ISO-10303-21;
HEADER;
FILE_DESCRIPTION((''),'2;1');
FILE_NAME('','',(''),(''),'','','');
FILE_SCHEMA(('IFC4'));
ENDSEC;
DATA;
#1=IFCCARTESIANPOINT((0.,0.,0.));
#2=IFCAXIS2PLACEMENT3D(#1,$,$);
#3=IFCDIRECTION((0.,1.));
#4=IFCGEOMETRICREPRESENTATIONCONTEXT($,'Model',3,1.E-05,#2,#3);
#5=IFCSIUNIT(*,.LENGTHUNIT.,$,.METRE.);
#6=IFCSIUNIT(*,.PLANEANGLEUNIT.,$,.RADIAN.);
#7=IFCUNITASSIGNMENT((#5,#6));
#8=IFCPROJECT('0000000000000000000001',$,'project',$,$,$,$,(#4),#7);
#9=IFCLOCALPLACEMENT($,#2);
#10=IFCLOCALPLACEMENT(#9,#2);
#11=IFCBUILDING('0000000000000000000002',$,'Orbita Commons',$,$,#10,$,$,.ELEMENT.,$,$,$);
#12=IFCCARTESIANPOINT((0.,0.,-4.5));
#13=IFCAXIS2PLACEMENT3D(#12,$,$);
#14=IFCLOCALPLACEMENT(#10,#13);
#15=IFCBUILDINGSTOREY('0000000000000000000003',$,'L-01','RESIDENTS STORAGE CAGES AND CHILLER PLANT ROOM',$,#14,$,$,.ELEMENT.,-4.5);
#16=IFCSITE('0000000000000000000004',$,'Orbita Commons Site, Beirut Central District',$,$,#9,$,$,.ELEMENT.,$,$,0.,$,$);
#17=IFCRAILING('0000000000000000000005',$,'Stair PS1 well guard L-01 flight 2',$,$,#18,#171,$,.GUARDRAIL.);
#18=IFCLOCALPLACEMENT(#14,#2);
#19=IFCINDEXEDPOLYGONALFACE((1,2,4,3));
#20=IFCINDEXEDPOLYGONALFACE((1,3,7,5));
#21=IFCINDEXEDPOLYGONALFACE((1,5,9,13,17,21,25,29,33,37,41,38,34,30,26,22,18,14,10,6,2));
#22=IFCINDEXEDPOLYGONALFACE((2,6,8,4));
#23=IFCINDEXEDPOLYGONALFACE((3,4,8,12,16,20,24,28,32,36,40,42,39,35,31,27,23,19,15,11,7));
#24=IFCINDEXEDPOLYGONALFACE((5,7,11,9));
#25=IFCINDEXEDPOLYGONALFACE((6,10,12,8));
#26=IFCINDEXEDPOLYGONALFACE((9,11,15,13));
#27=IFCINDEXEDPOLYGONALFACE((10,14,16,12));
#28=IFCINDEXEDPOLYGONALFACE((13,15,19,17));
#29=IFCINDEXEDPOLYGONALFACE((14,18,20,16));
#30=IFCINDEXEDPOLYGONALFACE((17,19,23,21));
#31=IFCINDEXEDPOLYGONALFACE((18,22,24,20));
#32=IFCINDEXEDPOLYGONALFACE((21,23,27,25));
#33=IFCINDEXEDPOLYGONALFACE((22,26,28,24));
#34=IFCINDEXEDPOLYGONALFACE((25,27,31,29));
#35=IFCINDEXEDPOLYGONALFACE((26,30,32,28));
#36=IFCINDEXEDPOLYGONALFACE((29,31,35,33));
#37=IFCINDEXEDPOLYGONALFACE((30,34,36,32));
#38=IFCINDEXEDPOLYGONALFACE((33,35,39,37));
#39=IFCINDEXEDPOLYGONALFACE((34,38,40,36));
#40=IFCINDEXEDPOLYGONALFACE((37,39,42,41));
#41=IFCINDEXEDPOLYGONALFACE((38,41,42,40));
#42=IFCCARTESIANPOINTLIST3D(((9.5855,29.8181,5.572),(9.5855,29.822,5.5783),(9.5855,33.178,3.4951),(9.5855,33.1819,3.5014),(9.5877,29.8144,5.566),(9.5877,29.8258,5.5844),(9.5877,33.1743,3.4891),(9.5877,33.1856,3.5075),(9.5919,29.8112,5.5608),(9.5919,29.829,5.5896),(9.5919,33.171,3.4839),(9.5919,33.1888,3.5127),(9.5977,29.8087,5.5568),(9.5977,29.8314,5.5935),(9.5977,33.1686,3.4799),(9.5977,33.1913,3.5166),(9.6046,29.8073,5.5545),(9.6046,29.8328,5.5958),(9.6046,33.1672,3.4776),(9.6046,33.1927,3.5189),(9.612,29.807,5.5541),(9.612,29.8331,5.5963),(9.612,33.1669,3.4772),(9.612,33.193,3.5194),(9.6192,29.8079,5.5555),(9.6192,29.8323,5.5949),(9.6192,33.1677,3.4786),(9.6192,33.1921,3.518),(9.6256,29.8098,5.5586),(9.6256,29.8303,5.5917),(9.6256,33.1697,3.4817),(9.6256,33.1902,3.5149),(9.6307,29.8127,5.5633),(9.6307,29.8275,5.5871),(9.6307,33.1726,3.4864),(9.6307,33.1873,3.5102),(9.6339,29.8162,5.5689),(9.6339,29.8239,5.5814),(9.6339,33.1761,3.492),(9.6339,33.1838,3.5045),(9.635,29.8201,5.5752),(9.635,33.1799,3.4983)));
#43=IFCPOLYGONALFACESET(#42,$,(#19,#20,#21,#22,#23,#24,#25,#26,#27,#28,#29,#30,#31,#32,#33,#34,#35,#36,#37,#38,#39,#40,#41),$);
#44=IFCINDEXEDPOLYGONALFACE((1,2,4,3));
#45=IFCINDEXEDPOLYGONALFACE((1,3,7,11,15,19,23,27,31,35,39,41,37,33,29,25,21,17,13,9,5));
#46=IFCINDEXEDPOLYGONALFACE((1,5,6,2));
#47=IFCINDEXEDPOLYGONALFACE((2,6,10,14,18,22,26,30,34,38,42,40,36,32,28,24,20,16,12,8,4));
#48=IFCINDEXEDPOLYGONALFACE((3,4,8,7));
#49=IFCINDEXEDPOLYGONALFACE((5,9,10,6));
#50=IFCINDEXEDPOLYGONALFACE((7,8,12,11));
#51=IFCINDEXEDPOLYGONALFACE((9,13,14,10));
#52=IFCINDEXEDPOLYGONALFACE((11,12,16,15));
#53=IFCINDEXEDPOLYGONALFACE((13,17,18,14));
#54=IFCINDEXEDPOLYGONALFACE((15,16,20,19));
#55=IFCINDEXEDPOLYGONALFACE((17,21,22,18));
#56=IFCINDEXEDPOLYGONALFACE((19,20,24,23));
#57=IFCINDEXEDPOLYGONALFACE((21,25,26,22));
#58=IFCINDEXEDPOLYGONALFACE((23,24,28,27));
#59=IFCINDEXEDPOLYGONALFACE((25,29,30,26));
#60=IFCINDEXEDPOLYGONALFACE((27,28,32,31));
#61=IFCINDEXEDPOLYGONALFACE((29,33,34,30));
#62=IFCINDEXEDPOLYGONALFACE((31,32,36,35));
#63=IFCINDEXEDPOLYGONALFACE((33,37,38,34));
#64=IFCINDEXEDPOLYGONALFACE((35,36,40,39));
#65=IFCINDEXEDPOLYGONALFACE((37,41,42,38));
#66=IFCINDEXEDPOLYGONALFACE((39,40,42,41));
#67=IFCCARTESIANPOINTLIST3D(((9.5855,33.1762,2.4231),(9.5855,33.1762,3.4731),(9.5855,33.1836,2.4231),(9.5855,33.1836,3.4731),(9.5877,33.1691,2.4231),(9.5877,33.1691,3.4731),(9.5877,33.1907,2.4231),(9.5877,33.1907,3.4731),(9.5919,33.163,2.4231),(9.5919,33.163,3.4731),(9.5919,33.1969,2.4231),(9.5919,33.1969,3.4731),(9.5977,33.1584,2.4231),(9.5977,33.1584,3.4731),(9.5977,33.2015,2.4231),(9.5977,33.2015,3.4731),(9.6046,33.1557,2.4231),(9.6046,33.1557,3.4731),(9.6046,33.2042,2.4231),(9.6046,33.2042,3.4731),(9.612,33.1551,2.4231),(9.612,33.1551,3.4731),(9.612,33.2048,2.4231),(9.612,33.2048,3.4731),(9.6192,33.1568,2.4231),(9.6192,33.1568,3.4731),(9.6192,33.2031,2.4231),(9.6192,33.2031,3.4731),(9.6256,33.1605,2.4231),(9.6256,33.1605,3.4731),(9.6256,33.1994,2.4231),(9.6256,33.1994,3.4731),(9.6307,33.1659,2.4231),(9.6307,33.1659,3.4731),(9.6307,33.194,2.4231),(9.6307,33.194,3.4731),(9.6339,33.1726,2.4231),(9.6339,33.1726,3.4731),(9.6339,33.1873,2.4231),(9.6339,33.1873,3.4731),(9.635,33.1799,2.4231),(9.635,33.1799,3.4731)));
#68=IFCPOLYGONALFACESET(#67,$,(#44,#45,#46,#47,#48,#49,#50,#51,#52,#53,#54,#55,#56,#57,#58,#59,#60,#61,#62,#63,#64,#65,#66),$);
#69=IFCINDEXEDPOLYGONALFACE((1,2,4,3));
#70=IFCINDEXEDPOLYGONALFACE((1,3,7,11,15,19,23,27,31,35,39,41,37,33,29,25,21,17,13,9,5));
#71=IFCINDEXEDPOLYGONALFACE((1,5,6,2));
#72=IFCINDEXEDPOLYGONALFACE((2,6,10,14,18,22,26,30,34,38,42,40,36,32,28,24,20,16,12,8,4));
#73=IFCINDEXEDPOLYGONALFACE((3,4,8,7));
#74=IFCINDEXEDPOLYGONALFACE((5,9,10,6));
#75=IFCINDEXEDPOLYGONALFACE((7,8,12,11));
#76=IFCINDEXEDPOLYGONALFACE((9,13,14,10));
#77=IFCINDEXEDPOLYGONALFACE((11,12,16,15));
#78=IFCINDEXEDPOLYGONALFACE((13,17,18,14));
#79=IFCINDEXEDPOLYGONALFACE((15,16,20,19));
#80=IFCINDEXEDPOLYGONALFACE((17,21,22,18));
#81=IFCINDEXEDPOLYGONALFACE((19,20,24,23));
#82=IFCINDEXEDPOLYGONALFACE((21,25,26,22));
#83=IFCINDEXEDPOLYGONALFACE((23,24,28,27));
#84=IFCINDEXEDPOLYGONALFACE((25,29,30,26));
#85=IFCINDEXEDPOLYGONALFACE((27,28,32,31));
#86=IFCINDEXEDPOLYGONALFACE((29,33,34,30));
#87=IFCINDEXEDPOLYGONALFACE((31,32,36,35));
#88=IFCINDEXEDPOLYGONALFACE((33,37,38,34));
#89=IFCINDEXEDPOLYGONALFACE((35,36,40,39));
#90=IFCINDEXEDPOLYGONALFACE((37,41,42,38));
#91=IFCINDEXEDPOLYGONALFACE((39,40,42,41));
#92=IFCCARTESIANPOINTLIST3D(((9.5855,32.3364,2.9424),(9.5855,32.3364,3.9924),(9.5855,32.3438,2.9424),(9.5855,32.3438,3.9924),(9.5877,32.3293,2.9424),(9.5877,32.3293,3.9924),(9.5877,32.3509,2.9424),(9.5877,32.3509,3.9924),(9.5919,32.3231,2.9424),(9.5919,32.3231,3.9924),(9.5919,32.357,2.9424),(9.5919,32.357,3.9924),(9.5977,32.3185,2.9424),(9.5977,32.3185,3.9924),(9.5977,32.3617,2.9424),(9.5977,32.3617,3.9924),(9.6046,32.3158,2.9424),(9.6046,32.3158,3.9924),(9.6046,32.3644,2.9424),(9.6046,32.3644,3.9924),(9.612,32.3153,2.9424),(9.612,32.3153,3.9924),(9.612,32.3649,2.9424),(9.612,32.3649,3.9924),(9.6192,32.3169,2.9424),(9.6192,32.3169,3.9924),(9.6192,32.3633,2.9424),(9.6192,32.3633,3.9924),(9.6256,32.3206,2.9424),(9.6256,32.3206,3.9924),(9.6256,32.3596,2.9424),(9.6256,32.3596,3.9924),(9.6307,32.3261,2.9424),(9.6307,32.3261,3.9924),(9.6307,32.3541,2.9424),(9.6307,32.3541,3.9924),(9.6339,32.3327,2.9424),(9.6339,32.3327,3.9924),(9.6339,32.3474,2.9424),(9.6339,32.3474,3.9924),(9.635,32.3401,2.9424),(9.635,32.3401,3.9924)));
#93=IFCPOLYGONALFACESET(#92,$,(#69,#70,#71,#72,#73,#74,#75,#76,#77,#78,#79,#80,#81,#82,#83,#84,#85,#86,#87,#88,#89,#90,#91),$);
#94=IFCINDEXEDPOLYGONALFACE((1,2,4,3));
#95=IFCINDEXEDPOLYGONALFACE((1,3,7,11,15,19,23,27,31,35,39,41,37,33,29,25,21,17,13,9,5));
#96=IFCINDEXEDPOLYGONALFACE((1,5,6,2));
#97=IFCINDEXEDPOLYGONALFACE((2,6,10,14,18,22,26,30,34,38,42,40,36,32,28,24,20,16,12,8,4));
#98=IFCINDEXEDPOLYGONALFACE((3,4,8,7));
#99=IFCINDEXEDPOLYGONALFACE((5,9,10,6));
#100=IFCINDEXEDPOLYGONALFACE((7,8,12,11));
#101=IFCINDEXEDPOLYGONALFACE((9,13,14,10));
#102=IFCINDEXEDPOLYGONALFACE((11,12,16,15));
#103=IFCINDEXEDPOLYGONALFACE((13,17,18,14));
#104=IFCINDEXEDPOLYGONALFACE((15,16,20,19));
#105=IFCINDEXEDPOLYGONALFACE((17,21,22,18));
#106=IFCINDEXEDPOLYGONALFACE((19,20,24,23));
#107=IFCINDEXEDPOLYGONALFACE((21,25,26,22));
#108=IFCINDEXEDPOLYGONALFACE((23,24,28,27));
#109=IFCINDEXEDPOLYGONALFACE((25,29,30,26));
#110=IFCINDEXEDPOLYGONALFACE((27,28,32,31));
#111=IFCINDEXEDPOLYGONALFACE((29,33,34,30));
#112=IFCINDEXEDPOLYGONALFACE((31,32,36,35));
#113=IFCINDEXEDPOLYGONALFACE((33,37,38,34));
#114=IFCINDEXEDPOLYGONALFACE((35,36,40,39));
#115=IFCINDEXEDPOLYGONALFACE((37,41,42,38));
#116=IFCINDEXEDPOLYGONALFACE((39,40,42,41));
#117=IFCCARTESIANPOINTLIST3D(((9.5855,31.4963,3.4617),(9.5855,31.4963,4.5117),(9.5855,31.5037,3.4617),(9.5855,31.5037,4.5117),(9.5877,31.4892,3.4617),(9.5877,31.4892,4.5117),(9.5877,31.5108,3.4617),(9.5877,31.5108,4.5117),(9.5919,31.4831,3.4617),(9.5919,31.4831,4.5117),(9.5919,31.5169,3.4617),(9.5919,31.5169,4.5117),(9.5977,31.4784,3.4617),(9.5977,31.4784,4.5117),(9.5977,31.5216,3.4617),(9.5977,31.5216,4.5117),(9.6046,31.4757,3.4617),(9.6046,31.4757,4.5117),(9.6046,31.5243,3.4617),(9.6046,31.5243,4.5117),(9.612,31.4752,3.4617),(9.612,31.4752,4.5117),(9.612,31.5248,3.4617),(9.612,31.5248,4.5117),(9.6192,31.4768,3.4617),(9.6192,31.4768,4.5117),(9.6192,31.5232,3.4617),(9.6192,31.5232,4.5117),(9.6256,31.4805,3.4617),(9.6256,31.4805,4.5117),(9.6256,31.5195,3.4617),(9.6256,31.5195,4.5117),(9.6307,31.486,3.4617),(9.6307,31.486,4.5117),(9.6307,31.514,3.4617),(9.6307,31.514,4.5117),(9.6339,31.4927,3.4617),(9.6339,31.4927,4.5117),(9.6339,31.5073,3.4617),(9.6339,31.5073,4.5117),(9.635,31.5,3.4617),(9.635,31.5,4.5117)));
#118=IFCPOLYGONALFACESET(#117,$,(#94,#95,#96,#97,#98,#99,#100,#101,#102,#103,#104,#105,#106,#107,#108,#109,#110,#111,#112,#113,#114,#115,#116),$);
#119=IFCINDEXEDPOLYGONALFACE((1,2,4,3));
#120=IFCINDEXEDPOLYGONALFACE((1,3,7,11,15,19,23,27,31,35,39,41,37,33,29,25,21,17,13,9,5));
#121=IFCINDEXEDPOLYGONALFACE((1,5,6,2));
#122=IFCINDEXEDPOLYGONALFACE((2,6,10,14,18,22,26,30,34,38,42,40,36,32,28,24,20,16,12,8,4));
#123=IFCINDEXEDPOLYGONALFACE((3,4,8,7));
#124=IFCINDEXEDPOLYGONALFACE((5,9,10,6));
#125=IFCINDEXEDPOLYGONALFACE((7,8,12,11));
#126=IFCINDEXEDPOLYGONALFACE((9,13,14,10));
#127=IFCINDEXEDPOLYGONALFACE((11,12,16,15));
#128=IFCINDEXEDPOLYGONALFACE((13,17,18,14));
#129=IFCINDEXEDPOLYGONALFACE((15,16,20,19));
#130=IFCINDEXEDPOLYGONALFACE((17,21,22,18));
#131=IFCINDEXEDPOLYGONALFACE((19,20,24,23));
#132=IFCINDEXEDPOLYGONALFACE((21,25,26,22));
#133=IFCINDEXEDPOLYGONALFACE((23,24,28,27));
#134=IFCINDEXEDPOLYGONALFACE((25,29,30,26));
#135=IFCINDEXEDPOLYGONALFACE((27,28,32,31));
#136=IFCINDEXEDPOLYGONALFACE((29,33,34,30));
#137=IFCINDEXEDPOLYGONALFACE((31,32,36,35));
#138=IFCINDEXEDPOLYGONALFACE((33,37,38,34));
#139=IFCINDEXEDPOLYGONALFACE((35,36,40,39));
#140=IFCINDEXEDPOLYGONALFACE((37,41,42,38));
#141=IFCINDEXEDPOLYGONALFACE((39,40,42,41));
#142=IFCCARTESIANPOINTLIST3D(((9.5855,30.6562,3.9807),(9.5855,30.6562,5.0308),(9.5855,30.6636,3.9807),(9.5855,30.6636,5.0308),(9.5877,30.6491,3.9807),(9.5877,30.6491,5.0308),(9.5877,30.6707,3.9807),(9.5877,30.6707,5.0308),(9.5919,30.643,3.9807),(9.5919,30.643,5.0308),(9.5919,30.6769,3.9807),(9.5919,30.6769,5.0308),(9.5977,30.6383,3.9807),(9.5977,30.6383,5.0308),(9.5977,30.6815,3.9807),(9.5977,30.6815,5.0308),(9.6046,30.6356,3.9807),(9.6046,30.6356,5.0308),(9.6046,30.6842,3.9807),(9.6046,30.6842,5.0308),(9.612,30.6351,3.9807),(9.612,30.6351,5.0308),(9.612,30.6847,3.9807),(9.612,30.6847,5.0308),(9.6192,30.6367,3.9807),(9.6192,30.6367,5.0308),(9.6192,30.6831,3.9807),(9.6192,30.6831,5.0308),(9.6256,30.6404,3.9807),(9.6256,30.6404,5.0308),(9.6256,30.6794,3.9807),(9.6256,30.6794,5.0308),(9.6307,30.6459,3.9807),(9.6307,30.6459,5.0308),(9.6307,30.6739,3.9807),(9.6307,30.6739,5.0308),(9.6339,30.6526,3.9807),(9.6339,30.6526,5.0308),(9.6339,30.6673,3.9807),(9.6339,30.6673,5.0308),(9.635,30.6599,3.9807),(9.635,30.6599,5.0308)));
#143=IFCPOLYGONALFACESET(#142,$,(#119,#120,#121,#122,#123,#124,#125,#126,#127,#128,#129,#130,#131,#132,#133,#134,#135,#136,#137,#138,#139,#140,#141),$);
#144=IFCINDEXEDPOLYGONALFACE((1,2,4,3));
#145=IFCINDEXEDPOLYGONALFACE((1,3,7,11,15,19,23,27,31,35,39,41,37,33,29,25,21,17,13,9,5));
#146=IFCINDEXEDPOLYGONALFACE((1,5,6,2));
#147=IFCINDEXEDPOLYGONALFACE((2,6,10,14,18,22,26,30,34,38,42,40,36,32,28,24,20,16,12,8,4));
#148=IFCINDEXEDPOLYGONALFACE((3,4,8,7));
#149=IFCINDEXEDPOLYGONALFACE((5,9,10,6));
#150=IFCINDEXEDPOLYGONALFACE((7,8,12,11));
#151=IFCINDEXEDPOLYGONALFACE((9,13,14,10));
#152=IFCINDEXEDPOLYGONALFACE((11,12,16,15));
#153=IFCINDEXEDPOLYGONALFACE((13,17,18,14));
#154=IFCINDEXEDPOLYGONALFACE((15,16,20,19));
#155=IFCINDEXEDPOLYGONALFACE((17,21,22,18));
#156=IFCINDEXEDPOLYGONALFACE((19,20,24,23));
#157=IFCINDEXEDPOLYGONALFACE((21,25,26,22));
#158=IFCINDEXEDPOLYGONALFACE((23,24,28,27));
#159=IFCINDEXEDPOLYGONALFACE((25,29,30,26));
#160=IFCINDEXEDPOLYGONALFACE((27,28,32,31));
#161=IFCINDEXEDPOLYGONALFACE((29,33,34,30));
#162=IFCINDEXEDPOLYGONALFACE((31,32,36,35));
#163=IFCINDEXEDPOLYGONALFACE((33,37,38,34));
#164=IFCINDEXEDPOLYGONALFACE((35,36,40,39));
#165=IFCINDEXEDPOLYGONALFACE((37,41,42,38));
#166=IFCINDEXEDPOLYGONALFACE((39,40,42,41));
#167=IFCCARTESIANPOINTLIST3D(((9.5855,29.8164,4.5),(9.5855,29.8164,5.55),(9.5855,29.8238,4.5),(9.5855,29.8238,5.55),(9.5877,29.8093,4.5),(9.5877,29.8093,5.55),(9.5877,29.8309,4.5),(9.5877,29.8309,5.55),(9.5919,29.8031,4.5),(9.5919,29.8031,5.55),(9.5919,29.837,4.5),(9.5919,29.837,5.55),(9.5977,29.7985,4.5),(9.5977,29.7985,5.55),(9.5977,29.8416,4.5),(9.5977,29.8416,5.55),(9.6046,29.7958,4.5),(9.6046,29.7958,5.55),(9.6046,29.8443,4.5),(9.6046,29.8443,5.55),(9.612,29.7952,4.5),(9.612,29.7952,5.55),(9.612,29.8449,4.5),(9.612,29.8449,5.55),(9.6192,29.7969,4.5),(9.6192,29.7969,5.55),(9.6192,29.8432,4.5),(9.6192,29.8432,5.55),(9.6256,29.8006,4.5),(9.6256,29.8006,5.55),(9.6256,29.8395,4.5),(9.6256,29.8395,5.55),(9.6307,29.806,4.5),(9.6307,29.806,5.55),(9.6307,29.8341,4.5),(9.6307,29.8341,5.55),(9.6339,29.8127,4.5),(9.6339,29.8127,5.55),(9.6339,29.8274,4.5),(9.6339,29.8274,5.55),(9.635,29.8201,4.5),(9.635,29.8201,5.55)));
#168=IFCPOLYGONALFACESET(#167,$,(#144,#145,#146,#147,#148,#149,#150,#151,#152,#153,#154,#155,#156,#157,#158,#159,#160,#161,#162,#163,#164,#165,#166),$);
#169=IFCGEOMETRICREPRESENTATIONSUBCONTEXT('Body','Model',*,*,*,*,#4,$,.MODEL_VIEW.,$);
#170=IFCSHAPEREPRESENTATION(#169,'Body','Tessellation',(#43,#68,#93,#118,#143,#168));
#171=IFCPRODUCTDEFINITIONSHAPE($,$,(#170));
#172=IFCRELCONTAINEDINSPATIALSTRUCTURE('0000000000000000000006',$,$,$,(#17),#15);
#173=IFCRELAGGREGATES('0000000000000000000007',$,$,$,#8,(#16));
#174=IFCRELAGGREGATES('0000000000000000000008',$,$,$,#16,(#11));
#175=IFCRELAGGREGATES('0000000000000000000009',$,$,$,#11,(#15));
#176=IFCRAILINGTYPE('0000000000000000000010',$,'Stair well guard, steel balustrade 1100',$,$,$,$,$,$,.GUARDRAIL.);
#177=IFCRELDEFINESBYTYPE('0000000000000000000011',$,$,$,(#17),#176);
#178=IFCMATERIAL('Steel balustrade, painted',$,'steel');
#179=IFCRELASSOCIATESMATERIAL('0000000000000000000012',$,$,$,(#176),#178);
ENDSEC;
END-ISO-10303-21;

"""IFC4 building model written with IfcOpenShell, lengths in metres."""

from ifc_helpers import new_model, si_unit, direction, frame, origin, origin_2d, place, context, subcontext, project, spatial, circle, extrude, material, type_object, element, save


model = new_model("IFC4")

# Units and contexts
model_context = context("Model", 3, precision=1e-05, world=origin(), true_north=direction((0.0, 1.0)))
body_context = subcontext(model_context, "Body", "Model", "MODEL_VIEW")
ifc_project = project(units=[si_unit("LENGTHUNIT", "METRE"), si_unit("PLANEANGLEUNIT", "RADIAN")], contexts=[model_context])

# Site, building, storey
site_placement = place(None, origin())
site = spatial("IfcSite", under=ifc_project, at=site_placement, Name="Orbita Commons Site, Beirut Central District", CompositionType="ELEMENT", RefElevation=0.0)
building_placement = place(site_placement, origin())
building = spatial("IfcBuilding", under=site, at=building_placement, Name="Orbita Commons", CompositionType="ELEMENT")
storey_placement = place(building_placement, frame((0.0, 0.0, -4.5)))
storey = spatial("IfcBuildingStorey", under=building, at=storey_placement, Name="L-01", Description="RESIDENTS STORAGE CAGES AND CHILLER PLANT ROOM", CompositionType="ELEMENT", Elevation=-4.5)

# Railing
ifc_material_1 = material(Name="Steel balustrade, painted", Category="steel")
railing_type_1 = type_object("IfcRailingType", Name="Stair well guard, steel balustrade 1100", PredefinedType="GUARDRAIL", material=ifc_material_1)
railing_1_placement = place(storey_placement, frame((9.6101, 33.1799, 2.4231)))
element("IfcRailing", 1, at=railing_1_placement, inside=storey, type_object=railing_type_1, Name="Stair PS1 well guard L-01 flight 2", PredefinedType="GUARDRAIL", context=body_context, shape_type="SweptSolid", body=[
    extrude(circle(Radius=0.0249, at=origin_2d()), frame((0.0, 0.0, 1.0752), z_axis=(0.0, -0.850606, 0.525803), x_axis=(1.0, 0.0, 0.0)), (0.0, 0.0, 1.0), 3.95),
    extrude(circle(Radius=0.0249, at=origin_2d()), origin(), (0.0, 0.0, 1.0), 1.05),
    extrude(circle(Radius=0.0249, at=origin_2d()), frame((0.0, -0.8398, 0.5193)), (0.0, 0.0, 1.0), 1.05),
    extrude(circle(Radius=0.0249, at=origin_2d()), frame((0.0, -1.6799, 1.0386)), (0.0, 0.0, 1.0), 1.05),
    extrude(circle(Radius=0.0249, at=origin_2d()), frame((0.0, -2.52, 1.5576)), (0.0, 0.0, 1.0), 1.05),
    extrude(circle(Radius=0.0249, at=origin_2d()), frame((0.0, -3.3599, 2.0769)), (0.0, 0.0, 1.0), 1.05),
])

save(model, "model.ifc")
